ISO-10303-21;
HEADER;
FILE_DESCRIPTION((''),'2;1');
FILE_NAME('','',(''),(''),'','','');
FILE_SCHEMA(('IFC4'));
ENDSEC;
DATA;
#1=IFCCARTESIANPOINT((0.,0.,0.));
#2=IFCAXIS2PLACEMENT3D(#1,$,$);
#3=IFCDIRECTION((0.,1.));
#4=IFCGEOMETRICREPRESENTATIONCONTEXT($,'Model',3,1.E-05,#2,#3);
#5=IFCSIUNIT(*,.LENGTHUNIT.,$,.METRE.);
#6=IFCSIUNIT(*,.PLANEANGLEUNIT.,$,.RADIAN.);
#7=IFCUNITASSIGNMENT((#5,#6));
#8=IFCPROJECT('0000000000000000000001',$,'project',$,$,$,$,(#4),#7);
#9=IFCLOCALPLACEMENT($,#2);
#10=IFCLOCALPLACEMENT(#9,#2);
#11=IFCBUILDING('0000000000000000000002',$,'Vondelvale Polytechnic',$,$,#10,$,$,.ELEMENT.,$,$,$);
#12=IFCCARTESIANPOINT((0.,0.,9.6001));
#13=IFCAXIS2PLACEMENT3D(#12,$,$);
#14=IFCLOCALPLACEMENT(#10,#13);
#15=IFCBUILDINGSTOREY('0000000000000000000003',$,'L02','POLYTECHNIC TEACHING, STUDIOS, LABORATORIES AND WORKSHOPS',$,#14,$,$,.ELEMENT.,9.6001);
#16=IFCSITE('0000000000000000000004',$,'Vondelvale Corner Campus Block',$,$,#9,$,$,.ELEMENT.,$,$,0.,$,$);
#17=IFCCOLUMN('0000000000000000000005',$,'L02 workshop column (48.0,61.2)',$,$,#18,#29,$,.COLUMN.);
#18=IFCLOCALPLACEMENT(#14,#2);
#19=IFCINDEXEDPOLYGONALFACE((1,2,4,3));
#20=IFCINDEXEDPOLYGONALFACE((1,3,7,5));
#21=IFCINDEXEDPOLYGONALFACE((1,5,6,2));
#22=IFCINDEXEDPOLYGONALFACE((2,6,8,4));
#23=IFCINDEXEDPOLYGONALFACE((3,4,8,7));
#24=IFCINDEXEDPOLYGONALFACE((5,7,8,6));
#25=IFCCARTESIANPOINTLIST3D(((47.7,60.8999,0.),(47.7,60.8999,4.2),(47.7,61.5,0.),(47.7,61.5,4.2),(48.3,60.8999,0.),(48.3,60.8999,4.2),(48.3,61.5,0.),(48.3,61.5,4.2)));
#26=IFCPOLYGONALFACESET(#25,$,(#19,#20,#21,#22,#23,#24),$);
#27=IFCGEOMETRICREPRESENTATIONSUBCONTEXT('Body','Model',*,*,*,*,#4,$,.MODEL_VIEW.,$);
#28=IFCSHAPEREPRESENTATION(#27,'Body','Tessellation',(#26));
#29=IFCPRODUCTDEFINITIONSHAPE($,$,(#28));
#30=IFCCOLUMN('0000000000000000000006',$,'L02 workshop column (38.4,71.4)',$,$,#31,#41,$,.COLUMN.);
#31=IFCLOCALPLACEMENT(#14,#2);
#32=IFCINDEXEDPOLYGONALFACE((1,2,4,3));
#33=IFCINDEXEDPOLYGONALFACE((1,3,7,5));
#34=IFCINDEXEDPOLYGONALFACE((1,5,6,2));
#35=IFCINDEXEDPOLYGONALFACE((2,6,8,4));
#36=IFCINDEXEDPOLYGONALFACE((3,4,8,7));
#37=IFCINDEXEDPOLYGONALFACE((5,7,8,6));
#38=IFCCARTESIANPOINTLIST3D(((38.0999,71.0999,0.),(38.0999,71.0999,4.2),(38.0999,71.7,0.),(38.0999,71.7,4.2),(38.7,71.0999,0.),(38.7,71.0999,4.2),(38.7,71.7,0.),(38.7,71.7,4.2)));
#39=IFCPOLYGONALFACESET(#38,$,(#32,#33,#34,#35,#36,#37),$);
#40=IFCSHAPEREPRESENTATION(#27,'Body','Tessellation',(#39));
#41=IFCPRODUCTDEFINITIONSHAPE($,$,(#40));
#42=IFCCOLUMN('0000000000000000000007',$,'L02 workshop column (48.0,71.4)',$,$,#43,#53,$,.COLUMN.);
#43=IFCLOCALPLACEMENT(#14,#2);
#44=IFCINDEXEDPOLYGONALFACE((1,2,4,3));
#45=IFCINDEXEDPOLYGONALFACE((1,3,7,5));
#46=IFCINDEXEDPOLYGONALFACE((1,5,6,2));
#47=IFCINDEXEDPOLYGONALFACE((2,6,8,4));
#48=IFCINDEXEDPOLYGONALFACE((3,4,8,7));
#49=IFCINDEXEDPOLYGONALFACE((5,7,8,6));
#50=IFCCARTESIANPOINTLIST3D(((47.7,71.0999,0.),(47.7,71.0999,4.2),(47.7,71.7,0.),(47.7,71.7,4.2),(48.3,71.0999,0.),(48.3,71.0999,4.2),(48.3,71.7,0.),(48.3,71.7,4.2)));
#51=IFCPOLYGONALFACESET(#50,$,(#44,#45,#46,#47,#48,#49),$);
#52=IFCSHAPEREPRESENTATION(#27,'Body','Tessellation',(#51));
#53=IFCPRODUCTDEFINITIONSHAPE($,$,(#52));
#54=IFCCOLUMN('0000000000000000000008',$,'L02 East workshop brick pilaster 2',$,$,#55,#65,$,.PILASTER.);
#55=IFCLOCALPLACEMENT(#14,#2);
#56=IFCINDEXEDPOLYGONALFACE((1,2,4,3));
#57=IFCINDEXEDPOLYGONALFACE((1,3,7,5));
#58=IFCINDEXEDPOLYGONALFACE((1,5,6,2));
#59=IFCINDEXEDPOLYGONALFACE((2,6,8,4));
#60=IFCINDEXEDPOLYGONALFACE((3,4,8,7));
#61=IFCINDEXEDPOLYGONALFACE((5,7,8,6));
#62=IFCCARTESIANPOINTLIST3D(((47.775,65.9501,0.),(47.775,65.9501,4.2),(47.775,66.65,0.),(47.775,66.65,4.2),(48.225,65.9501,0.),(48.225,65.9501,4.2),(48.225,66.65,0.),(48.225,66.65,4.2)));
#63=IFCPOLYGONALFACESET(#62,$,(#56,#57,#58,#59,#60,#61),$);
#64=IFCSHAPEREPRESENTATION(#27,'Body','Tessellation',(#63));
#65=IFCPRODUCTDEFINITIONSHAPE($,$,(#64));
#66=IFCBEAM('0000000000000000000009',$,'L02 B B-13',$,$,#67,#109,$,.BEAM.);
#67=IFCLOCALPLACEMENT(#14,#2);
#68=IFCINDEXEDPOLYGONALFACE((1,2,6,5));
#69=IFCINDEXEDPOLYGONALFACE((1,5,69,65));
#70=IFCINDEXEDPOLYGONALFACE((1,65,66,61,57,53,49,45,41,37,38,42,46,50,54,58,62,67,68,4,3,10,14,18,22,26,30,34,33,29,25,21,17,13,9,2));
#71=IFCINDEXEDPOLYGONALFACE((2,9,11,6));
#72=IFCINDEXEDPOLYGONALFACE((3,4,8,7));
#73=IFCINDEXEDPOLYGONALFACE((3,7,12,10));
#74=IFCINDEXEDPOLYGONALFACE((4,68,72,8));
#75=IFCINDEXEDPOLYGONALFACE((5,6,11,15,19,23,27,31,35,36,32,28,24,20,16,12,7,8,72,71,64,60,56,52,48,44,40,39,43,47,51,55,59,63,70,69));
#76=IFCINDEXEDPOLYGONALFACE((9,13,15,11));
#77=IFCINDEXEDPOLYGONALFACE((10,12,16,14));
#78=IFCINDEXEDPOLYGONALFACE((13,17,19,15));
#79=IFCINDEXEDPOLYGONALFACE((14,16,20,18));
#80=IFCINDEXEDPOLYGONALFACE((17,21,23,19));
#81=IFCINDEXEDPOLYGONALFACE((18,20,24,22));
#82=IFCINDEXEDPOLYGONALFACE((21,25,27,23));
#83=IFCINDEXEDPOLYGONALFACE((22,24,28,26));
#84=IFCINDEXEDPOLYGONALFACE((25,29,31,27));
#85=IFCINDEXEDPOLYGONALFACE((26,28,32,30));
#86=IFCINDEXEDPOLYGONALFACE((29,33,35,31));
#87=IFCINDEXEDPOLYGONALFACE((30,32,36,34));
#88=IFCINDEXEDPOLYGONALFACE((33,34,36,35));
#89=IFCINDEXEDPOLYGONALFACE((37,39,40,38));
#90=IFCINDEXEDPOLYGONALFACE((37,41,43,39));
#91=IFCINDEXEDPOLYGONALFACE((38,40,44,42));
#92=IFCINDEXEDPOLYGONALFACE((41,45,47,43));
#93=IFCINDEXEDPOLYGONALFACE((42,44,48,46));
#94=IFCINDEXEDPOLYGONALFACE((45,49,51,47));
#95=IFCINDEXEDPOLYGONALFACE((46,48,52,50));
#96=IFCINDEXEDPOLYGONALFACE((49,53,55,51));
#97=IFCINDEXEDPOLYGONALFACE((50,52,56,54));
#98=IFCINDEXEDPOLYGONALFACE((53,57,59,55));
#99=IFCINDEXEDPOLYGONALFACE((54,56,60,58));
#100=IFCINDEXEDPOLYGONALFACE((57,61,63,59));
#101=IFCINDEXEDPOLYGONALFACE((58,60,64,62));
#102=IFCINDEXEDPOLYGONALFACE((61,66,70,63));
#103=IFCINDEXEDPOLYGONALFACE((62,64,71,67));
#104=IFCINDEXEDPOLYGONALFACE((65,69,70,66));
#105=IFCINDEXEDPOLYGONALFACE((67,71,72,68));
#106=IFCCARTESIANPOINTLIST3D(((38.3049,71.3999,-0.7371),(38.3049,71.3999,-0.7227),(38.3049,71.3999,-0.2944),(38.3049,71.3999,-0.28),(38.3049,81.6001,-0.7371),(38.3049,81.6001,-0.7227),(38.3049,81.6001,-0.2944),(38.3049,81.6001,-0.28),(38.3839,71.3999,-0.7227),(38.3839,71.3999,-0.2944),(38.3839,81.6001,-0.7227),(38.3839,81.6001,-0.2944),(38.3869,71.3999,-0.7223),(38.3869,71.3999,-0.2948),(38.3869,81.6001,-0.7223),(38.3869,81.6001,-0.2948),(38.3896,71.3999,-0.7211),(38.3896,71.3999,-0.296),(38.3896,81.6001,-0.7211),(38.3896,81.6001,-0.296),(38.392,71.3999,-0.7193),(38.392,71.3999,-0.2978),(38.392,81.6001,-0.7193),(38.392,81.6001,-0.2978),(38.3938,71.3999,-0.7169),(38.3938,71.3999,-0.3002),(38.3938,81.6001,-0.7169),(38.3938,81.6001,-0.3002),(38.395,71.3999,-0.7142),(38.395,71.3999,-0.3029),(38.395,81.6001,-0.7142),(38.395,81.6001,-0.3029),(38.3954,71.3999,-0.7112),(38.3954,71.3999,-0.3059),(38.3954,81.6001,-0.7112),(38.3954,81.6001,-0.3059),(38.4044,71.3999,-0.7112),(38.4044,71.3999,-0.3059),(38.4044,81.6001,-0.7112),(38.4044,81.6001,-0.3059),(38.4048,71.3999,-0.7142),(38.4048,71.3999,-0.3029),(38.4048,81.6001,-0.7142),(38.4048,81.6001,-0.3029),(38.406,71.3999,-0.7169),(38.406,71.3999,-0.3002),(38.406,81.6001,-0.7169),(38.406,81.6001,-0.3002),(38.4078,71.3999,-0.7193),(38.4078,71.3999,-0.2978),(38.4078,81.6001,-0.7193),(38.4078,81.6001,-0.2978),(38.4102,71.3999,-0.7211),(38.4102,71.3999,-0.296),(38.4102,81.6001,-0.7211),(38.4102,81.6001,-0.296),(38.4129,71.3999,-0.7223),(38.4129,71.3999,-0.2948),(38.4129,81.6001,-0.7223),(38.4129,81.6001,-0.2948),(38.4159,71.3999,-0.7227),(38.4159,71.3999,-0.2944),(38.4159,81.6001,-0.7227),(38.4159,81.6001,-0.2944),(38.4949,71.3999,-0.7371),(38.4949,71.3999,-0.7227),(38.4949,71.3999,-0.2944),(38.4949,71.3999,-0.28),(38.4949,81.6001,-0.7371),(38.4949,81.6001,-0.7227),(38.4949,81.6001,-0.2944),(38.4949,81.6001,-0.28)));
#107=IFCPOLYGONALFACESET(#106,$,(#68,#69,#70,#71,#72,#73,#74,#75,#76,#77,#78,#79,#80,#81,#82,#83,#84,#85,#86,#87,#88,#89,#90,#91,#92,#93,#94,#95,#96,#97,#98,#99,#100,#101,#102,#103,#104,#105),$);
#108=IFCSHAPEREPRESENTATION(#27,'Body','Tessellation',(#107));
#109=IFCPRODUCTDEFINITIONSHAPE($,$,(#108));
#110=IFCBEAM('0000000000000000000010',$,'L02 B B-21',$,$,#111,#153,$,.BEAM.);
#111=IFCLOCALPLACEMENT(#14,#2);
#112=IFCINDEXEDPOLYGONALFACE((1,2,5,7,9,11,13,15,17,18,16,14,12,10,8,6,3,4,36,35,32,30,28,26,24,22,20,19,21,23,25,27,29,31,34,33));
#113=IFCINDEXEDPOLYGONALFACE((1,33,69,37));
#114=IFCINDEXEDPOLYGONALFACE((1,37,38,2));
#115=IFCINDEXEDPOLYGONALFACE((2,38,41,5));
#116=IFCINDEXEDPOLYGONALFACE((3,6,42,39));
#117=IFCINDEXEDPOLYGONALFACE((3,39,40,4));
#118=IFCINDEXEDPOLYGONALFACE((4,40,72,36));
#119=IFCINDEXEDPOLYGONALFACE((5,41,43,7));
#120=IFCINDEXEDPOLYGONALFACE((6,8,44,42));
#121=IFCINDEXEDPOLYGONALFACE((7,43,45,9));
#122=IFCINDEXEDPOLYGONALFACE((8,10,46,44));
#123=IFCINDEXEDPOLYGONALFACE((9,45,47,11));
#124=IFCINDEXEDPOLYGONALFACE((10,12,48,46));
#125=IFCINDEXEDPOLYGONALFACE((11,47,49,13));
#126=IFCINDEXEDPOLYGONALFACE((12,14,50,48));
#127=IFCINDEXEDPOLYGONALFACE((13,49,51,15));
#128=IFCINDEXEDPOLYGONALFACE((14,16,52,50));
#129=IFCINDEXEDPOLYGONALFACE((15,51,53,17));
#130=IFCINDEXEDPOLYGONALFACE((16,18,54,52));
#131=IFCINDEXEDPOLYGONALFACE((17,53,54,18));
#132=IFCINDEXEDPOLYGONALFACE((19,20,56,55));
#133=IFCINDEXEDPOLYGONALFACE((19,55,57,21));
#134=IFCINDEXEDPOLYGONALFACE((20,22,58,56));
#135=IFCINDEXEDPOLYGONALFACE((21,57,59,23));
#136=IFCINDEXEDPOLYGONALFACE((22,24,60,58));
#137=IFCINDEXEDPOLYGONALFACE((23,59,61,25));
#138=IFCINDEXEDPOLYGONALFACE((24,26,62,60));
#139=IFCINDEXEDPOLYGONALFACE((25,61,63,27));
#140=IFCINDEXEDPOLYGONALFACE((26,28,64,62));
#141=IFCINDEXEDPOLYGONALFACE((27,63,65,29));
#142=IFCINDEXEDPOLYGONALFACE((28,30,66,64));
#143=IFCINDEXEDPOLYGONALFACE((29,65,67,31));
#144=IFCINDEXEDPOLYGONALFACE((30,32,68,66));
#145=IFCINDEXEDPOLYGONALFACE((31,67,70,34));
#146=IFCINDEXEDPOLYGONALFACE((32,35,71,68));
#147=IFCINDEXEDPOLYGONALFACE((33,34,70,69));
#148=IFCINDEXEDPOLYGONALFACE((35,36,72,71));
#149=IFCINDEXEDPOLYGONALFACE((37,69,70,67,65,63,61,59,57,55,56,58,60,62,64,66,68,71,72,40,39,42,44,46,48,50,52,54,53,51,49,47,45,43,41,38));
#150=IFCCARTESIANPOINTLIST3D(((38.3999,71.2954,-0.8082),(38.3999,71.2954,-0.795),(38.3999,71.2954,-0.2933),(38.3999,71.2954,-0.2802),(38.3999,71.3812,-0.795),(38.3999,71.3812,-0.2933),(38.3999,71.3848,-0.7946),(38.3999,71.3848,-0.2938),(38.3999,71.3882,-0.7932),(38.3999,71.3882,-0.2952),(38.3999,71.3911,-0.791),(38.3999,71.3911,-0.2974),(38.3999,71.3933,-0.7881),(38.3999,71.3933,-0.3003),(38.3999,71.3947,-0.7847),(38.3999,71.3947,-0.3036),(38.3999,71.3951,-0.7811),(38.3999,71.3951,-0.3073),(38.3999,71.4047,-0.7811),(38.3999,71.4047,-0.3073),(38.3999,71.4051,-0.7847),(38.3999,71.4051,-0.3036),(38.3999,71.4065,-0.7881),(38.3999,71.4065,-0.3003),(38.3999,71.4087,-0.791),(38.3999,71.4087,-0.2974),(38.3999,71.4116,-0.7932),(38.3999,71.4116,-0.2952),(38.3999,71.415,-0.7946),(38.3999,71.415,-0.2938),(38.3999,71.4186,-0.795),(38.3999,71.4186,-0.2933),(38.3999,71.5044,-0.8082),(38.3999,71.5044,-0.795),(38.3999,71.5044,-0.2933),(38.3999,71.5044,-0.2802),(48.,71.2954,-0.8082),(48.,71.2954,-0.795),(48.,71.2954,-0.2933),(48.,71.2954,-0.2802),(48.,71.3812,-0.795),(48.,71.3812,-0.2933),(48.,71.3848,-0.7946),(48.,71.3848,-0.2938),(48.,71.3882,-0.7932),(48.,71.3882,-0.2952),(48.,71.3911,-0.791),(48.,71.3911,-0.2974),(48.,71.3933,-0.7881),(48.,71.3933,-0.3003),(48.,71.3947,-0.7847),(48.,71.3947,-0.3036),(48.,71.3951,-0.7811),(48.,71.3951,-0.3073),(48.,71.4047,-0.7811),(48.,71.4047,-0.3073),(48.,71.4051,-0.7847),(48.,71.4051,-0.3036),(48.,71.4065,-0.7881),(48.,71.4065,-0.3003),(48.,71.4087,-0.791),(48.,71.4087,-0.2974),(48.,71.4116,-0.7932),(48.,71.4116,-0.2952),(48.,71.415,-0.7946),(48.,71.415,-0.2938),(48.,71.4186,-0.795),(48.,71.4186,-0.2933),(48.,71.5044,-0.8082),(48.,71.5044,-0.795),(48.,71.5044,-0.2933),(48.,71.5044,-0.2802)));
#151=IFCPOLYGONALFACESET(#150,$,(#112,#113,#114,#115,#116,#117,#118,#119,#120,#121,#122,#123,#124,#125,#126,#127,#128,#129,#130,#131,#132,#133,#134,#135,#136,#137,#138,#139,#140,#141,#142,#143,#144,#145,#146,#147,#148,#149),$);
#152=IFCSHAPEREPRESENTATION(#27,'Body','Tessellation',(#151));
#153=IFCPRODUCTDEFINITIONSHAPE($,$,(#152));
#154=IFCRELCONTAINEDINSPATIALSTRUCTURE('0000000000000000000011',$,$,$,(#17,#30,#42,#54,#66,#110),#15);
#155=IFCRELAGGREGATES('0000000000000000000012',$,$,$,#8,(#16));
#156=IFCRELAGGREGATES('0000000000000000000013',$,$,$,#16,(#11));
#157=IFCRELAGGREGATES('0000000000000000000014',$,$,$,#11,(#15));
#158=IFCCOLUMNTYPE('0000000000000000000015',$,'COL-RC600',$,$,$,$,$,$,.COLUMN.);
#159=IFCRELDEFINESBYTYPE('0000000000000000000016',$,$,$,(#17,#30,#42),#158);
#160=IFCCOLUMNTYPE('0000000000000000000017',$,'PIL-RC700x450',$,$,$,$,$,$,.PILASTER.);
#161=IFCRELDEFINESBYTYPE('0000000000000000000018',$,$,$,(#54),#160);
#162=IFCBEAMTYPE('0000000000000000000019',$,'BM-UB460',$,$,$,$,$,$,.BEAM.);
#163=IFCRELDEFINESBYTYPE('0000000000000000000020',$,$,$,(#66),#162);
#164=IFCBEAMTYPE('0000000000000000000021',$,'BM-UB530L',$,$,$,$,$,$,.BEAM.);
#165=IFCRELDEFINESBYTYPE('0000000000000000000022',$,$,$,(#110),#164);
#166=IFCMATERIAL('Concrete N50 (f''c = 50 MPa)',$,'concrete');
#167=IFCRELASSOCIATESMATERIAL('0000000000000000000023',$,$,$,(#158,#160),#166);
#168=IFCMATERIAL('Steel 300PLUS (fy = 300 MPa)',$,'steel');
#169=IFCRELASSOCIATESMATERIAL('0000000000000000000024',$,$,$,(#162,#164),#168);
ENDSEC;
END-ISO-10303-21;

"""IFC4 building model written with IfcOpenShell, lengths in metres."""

from ifc_helpers import new_model, si_unit, direction, frame, origin, origin_2d, place, context, subcontext, project, spatial, rectangle, i_section, extrude, material, material_profile, profile_set, type_object, element, save


model = new_model("IFC4")

# Units and contexts
model_context = context("Model", 3, precision=1e-05, world=origin(), true_north=direction((0.0, 1.0)))
body_context = subcontext(model_context, "Body", "Model", "MODEL_VIEW")
ifc_project = project(units=[si_unit("LENGTHUNIT", "METRE"), si_unit("PLANEANGLEUNIT", "RADIAN")], contexts=[model_context])

# Site, building, storey
site_placement = place(None, origin())
site = spatial("IfcSite", under=ifc_project, at=site_placement, Name="Vondelvale Corner Campus Block", CompositionType="ELEMENT", RefElevation=0.0)
building_placement = place(site_placement, origin())
building = spatial("IfcBuilding", under=site, at=building_placement, Name="Vondelvale Polytechnic", CompositionType="ELEMENT")
storey_placement = place(building_placement, frame((0.0, 0.0, 9.6001)))
storey = spatial("IfcBuildingStorey", under=building, at=storey_placement, Name="L02", Description="POLYTECHNIC TEACHING, STUDIOS, LABORATORIES AND WORKSHOPS", CompositionType="ELEMENT", Elevation=9.6001)

# Columns
ifc_material_1 = material(Name="Concrete N50 (f'c = 50 MPa)", Category="concrete")
ifc_material_profile_1 = material_profile(ifc_material_1, rectangle(XDim=0.6001, YDim=0.6001, at=origin_2d()), Name="RC-COL-600x600")
ifc_profile_set_1 = profile_set([ifc_material_profile_1], Name="Concrete N50 (f'c = 50 MPa)")
column_type_1 = type_object("IfcColumnType", Name="COL-RC600", PredefinedType="COLUMN", material=ifc_profile_set_1)
for number, where, z_axis, x_axis, name in (
    (1, (48.0, 61.2, 0.0), (0.0, 0.0, 1.0), (1.0, 0.0, 0.0), "L02 workshop column (48.0,61.2)"),
    (2, (38.3999, 71.3999, 0.0), (0.0, 0.0, 1.0), (1.0, 0.0, 0.0), "L02 workshop column (38.4,71.4)"),
    (3, (48.0, 71.3999, 0.0), (0.0, 0.0, 1.0), (1.0, 0.0, 0.0), "L02 workshop column (48.0,71.4)"),
):
    element("IfcColumn", number, at=place(storey_placement, frame(where, z_axis=z_axis, x_axis=x_axis)), inside=storey, type_object=column_type_1, Name=name, PredefinedType="COLUMN", context=body_context, shape_type="SweptSolid", body=[
        extrude(rectangle(XDim=0.6001, YDim=0.6001, at=origin_2d()), origin(), (0.0, 0.0, 1.0), 4.2),
    ])
ifc_material_profile_2 = material_profile(ifc_material_1, rectangle(XDim=0.45, YDim=0.7, at=origin_2d()), Name="RC-PIL-700x450")
ifc_profile_set_2 = profile_set([ifc_material_profile_2], Name="Concrete N50 (f'c = 50 MPa)")
column_type_2 = type_object("IfcColumnType", Name="PIL-RC700x450", PredefinedType="PILASTER", material=ifc_profile_set_2)
column_placement = place(storey_placement, frame((48.0, 66.3, 0.0), z_axis=(0.0, 0.0, 1.0), x_axis=(1.0, 0.0, 0.0)))
element("IfcColumn", 4, at=column_placement, inside=storey, type_object=column_type_2, Name="L02 East workshop brick pilaster 2", PredefinedType="PILASTER", context=body_context, shape_type="SweptSolid", body=[
    extrude(rectangle(XDim=0.45, YDim=0.7, at=origin_2d()), origin(), (0.0, 0.0, 1.0), 4.2),
])

# Beams
ifc_material_2 = material(Name="Steel 300PLUS (fy = 300 MPa)", Category="steel")
ifc_material_profile_3 = material_profile(ifc_material_2, i_section(OverallWidth=0.1899, OverallDepth=0.457, WebThickness=0.009, FlangeThickness=0.0144, FilletRadius=0.0115, at=origin_2d()), Name="460UB74.6")
ifc_profile_set_3 = profile_set([ifc_material_profile_3], Name="Steel 300PLUS (fy = 300 MPa)")
beam_type_1 = type_object("IfcBeamType", Name="BM-UB460", PredefinedType="BEAM", material=ifc_profile_set_3)
beam_1_placement = place(storey_placement, frame((38.3999, 71.3999, -0.5085), z_axis=(0.0, 1.0, 0.0), x_axis=(-1.0, 0.0, 0.0)))
element("IfcBeam", 5, at=beam_1_placement, inside=storey, type_object=beam_type_1, Name="L02 B B-13", PredefinedType="BEAM", context=body_context, shape_type="SweptSolid", body=[
    extrude(i_section(OverallWidth=0.1899, OverallDepth=0.457, WebThickness=0.009, FlangeThickness=0.0144, FilletRadius=0.0115, at=origin_2d()), origin(), (0.0, 0.0, 1.0), 10.2002),
])
ifc_material_profile_4 = material_profile(ifc_material_2, i_section(OverallWidth=0.209, OverallDepth=0.5281, WebThickness=0.0095, FlangeThickness=0.0132, FilletRadius=0.0139, at=origin_2d()), Name="530UB82.0")
ifc_profile_set_4 = profile_set([ifc_material_profile_4], Name="Steel 300PLUS (fy = 300 MPa)")
beam_type_2 = type_object("IfcBeamType", Name="BM-UB530L", PredefinedType="BEAM", material=ifc_profile_set_4)
beam_2_placement = place(storey_placement, frame((38.3999, 71.3999, -0.5442), z_axis=(1.0, 0.0, 0.0), x_axis=(0.0, 1.0, 0.0)))
element("IfcBeam", 6, at=beam_2_placement, inside=storey, type_object=beam_type_2, Name="L02 B B-21", PredefinedType="BEAM", context=body_context, shape_type="SweptSolid", body=[
    extrude(i_section(OverallWidth=0.209, OverallDepth=0.5281, WebThickness=0.0095, FlangeThickness=0.0132, FilletRadius=0.0139, at=origin_2d()), origin(), (0.0, 0.0, 1.0), 9.6001),
])

save(model, "model.ifc")
